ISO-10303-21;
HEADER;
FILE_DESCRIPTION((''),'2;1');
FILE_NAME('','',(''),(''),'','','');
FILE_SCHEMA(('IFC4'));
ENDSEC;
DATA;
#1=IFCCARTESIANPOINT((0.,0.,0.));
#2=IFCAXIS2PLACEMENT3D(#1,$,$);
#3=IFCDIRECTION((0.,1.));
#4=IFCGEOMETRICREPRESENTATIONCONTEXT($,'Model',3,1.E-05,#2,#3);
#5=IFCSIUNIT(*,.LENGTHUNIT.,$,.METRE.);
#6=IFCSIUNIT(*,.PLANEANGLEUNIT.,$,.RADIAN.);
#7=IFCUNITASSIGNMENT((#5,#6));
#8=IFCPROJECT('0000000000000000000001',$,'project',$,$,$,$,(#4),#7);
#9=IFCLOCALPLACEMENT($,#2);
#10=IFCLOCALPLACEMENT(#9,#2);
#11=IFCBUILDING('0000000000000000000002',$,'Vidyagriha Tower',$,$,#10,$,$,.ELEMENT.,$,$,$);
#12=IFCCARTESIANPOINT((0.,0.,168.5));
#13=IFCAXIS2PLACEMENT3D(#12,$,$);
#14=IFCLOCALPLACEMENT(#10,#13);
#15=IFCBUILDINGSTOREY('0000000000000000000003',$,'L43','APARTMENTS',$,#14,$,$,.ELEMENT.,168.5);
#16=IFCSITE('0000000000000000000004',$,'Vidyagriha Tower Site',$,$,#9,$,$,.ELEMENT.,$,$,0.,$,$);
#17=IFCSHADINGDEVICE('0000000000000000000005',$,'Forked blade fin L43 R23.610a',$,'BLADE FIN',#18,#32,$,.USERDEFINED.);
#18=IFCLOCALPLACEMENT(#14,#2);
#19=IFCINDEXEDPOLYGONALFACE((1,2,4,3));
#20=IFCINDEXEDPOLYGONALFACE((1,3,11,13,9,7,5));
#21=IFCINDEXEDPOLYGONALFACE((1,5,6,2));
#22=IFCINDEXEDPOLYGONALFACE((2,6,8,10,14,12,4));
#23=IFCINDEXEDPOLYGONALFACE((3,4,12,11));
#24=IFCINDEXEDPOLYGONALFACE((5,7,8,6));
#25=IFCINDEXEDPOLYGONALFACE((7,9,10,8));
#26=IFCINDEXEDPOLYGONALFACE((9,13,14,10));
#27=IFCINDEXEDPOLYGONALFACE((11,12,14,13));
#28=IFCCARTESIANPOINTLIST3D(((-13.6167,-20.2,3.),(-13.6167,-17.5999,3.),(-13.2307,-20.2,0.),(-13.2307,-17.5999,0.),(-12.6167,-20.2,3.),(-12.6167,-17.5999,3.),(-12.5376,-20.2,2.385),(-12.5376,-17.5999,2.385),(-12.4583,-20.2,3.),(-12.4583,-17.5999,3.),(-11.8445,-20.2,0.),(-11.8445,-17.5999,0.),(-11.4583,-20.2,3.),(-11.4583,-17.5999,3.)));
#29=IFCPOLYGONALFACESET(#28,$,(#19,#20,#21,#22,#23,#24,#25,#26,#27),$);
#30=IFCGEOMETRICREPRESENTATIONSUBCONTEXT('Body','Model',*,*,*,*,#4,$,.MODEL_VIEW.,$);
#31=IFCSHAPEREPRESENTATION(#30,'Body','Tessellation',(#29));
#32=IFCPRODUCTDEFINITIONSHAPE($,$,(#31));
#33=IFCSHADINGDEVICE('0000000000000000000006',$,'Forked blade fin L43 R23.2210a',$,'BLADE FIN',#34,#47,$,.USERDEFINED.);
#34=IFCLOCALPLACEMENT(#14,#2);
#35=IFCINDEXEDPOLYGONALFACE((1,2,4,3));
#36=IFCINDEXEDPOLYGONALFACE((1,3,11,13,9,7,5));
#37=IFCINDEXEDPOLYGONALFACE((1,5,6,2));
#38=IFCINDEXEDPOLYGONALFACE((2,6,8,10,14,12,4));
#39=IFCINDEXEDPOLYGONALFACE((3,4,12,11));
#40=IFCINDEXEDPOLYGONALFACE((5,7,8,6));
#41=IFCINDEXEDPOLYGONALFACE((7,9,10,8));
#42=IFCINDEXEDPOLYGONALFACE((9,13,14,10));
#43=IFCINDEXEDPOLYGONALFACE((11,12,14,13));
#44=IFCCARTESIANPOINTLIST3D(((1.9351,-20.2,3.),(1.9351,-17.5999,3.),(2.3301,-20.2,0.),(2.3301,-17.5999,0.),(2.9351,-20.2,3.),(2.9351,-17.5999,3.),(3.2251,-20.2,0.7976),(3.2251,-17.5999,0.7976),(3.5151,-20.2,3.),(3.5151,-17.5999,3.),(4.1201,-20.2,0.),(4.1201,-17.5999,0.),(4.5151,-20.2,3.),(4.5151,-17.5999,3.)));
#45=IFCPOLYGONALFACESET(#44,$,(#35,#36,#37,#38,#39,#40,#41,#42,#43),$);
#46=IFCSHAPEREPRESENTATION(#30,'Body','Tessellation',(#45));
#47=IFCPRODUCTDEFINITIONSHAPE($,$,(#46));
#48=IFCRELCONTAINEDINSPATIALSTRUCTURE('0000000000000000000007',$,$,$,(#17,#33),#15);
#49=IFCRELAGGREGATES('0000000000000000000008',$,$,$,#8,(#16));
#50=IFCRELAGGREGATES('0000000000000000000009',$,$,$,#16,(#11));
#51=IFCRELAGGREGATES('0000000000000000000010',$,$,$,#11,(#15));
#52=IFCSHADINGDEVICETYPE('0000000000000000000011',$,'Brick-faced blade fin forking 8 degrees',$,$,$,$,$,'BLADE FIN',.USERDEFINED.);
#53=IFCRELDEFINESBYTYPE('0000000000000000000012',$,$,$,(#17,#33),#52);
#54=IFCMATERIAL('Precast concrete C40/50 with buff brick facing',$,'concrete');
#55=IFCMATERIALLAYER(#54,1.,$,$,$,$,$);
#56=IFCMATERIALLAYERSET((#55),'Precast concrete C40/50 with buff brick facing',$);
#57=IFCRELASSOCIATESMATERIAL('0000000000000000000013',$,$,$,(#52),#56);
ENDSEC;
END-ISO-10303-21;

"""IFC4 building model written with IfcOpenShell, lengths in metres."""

from ifc_helpers import new_model, si_unit, direction, frame, origin, place, context, subcontext, project, spatial, polyline, outline, extrude, material, layer, layer_set, type_object, element, save


model = new_model("IFC4")

# Units and contexts
model_context = context("Model", 3, precision=1e-05, world=origin(), true_north=direction((0.0, 1.0)))
body_context = subcontext(model_context, "Body", "Model", "MODEL_VIEW")
ifc_project = project(units=[si_unit("LENGTHUNIT", "METRE"), si_unit("PLANEANGLEUNIT", "RADIAN")], contexts=[model_context])

# Site, building, storey
site_placement = place(None, origin())
site = spatial("IfcSite", under=ifc_project, at=site_placement, Name="Vidyagriha Tower Site", CompositionType="ELEMENT", RefElevation=0.0)
building_placement = place(site_placement, origin())
building = spatial("IfcBuilding", under=site, at=building_placement, Name="Vidyagriha Tower", CompositionType="ELEMENT")
storey_placement = place(building_placement, frame((0.0, 0.0, 168.5)))
storey = spatial("IfcBuildingStorey", under=building, at=storey_placement, Name="L43", Description="APARTMENTS", CompositionType="ELEMENT", Elevation=168.5)

# Shading devices
ifc_material_1 = material(Name="Precast concrete C40/50 with buff brick facing", Category="concrete")
ifc_layer_1 = layer(ifc_material_1, 1.0)
ifc_layer_set_1 = layer_set([ifc_layer_1], Name="Precast concrete C40/50 with buff brick facing")
shading_device_type_1 = type_object("IfcShadingDeviceType", Name="Brick-faced blade fin forking 8 degrees", ElementType="BLADE FIN", PredefinedType="USERDEFINED", material=ifc_layer_set_1)
shading_device_1_placement = place(storey_placement, frame((-13.6167, -18.8999, 0.0)))
element("IfcShadingDevice", 1, at=shading_device_1_placement, inside=storey, type_object=shading_device_type_1, Name="Forked blade fin L43 R23.610a", ObjectType="BLADE FIN", PredefinedType="USERDEFINED", context=body_context, shape_type="SweptSolid", body=[
    extrude(outline(polyline([(0.386, 0.0), (1.7722, 0.0), (2.1584, 3.0), (1.1584, 3.0), (1.0791, 2.385), (1.0, 3.0), (0.0, 3.0), (0.386, 0.0)])), frame((0.0, 1.3, 0.0), z_axis=(0.0, -1.0, 0.0), x_axis=(1.0, 0.0, 0.0)), (0.0, 0.0, 1.0), 2.6001),
])
shading_device_2_placement = place(storey_placement, frame((1.9351, -18.8999, 0.0)))
element("IfcShadingDevice", 2, at=shading_device_2_placement, inside=storey, type_object=shading_device_type_1, Name="Forked blade fin L43 R23.2210a", ObjectType="BLADE FIN", PredefinedType="USERDEFINED", context=body_context, shape_type="SweptSolid", body=[
    extrude(outline(polyline([(0.395, 0.0), (2.1851, 0.0), (2.5801, 3.0), (1.5801, 3.0), (1.29, 0.7976), (1.0, 3.0), (0.0, 3.0), (0.395, 0.0)])), frame((0.0, 1.3, 0.0), z_axis=(0.0, -1.0, 0.0), x_axis=(1.0, 0.0, 0.0)), (0.0, 0.0, 1.0), 2.6001),
])

save(model, "model.ifc")
